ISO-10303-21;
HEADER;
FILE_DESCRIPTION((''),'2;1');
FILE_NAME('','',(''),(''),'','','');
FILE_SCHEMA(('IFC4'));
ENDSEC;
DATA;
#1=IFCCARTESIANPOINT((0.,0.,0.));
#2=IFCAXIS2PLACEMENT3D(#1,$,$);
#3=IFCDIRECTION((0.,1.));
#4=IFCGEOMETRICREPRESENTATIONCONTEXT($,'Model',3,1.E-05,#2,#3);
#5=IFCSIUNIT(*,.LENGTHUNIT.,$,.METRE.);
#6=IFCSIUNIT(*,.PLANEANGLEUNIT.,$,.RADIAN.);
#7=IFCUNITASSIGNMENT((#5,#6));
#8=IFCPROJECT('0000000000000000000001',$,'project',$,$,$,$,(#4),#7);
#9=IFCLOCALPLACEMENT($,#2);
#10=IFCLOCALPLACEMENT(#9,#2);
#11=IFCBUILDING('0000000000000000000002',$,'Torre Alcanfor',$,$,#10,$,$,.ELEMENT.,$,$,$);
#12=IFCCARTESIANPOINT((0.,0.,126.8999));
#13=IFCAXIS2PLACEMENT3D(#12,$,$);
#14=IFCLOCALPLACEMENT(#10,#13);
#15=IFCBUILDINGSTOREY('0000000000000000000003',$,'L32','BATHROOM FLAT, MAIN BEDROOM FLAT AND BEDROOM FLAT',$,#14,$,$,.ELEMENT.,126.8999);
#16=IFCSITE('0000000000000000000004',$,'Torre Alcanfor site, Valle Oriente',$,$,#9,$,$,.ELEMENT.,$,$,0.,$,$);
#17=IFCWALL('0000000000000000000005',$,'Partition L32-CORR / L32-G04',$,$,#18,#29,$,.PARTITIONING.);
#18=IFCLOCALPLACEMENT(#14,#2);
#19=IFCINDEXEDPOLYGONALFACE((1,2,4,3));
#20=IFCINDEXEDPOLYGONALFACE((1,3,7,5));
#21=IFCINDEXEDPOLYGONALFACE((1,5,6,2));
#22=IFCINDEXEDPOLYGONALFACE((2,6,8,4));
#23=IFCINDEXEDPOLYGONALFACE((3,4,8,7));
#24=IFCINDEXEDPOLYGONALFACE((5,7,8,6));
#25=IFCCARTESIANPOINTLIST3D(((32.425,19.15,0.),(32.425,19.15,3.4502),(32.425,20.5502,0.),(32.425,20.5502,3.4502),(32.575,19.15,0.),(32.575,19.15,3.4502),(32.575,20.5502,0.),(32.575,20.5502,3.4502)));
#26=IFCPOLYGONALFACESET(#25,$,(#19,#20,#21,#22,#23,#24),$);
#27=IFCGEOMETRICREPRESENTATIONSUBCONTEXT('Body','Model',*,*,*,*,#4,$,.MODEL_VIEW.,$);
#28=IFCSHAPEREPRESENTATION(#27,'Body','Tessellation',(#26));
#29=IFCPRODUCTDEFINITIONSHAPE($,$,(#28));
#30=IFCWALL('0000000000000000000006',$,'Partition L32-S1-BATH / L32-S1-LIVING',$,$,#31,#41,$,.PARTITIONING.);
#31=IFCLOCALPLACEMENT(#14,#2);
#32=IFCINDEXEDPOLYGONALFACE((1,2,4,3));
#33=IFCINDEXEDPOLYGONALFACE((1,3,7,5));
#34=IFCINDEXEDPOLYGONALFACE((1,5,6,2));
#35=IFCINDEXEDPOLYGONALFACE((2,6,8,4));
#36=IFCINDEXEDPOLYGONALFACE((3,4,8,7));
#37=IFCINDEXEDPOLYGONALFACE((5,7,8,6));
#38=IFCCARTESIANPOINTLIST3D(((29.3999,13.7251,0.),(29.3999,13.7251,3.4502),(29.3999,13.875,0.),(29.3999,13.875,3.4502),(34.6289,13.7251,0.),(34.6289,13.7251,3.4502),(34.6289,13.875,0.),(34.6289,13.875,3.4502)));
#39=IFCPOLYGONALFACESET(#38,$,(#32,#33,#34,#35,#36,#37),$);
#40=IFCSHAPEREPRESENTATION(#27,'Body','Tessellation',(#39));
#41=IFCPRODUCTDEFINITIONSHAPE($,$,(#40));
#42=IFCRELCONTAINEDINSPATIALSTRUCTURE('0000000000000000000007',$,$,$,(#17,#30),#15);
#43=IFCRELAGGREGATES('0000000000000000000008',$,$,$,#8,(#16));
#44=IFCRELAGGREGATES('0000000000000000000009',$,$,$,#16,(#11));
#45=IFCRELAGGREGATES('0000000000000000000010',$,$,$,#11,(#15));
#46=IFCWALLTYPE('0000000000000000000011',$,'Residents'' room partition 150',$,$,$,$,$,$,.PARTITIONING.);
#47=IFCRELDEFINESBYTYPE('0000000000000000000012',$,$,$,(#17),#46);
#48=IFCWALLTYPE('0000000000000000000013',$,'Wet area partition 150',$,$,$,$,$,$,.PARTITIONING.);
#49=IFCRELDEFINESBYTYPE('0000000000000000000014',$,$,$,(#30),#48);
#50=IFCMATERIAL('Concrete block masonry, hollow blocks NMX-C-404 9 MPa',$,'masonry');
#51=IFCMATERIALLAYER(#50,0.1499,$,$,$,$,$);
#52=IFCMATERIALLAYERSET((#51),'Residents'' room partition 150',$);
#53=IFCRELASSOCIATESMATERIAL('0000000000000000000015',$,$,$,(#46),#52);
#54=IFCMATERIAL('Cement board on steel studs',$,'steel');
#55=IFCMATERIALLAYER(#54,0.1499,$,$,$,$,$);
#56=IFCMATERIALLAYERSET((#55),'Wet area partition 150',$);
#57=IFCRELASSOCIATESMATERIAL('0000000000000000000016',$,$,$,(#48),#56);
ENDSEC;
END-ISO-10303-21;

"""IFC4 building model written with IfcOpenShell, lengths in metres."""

from ifc_helpers import new_model, si_unit, direction, frame, frame_2d, origin, place, context, subcontext, project, spatial, rectangle, extrude, material, layer, layer_set, type_object, element, save


model = new_model("IFC4")

# Units and contexts
model_context = context("Model", 3, precision=1e-05, world=origin(), true_north=direction((0.0, 1.0)))
body_context = subcontext(model_context, "Body", "Model", "MODEL_VIEW")
ifc_project = project(units=[si_unit("LENGTHUNIT", "METRE"), si_unit("PLANEANGLEUNIT", "RADIAN")], contexts=[model_context])

# Site, building, storey
site_placement = place(None, origin())
site = spatial("IfcSite", under=ifc_project, at=site_placement, Name="Torre Alcanfor site, Valle Oriente", CompositionType="ELEMENT", RefElevation=0.0)
building_placement = place(site_placement, origin())
building = spatial("IfcBuilding", under=site, at=building_placement, Name="Torre Alcanfor", CompositionType="ELEMENT")
storey_placement = place(building_placement, frame((0.0, 0.0, 126.8999)))
storey = spatial("IfcBuildingStorey", under=building, at=storey_placement, Name="L32", Description="BATHROOM FLAT, MAIN BEDROOM FLAT AND BEDROOM FLAT", CompositionType="ELEMENT", Elevation=126.8999)

# Walls
ifc_material_1 = material(Name="Concrete block masonry, hollow blocks NMX-C-404 9 MPa", Category="masonry")
ifc_layer_1 = layer(ifc_material_1, 0.1499)
ifc_layer_set_1 = layer_set([ifc_layer_1], Name="Residents' room partition 150")
wall_type_1 = type_object("IfcWallType", Name="Residents' room partition 150", PredefinedType="PARTITIONING", material=ifc_layer_set_1)
wall_1_placement = place(storey_placement, frame((32.5, 19.1499, 0.0), z_axis=(0.0, 0.0, 1.0), x_axis=(0.0, 1.0, 0.0)))
element("IfcWall", 1, at=wall_1_placement, inside=storey, type_object=wall_type_1, Name="Partition L32-CORR / L32-G04", PredefinedType="PARTITIONING", context=body_context, shape_type="SweptSolid", body=[
    extrude(rectangle(XDim=1.4001, YDim=0.1499, at=frame_2d((0.7002, 0.0))), origin(), (0.0, 0.0, 1.0), 3.4502),
])
ifc_material_2 = material(Name="Cement board on steel studs", Category="steel")
ifc_layer_2 = layer(ifc_material_2, 0.1499)
ifc_layer_set_2 = layer_set([ifc_layer_2], Name="Wet area partition 150")
wall_type_2 = type_object("IfcWallType", Name="Wet area partition 150", PredefinedType="PARTITIONING", material=ifc_layer_set_2)
wall_2_placement = place(storey_placement, frame((34.6289, 13.8, 0.0), z_axis=(0.0, 0.0, 1.0), x_axis=(-1.0, 0.0, 0.0)))
element("IfcWall", 2, at=wall_2_placement, inside=storey, type_object=wall_type_2, Name="Partition L32-S1-BATH / L32-S1-LIVING", PredefinedType="PARTITIONING", context=body_context, shape_type="SweptSolid", body=[
    extrude(rectangle(XDim=5.229, YDim=0.1499, at=frame_2d((2.6145, 0.0))), origin(), (0.0, 0.0, 1.0), 3.4502),
])

save(model, "model.ifc")
